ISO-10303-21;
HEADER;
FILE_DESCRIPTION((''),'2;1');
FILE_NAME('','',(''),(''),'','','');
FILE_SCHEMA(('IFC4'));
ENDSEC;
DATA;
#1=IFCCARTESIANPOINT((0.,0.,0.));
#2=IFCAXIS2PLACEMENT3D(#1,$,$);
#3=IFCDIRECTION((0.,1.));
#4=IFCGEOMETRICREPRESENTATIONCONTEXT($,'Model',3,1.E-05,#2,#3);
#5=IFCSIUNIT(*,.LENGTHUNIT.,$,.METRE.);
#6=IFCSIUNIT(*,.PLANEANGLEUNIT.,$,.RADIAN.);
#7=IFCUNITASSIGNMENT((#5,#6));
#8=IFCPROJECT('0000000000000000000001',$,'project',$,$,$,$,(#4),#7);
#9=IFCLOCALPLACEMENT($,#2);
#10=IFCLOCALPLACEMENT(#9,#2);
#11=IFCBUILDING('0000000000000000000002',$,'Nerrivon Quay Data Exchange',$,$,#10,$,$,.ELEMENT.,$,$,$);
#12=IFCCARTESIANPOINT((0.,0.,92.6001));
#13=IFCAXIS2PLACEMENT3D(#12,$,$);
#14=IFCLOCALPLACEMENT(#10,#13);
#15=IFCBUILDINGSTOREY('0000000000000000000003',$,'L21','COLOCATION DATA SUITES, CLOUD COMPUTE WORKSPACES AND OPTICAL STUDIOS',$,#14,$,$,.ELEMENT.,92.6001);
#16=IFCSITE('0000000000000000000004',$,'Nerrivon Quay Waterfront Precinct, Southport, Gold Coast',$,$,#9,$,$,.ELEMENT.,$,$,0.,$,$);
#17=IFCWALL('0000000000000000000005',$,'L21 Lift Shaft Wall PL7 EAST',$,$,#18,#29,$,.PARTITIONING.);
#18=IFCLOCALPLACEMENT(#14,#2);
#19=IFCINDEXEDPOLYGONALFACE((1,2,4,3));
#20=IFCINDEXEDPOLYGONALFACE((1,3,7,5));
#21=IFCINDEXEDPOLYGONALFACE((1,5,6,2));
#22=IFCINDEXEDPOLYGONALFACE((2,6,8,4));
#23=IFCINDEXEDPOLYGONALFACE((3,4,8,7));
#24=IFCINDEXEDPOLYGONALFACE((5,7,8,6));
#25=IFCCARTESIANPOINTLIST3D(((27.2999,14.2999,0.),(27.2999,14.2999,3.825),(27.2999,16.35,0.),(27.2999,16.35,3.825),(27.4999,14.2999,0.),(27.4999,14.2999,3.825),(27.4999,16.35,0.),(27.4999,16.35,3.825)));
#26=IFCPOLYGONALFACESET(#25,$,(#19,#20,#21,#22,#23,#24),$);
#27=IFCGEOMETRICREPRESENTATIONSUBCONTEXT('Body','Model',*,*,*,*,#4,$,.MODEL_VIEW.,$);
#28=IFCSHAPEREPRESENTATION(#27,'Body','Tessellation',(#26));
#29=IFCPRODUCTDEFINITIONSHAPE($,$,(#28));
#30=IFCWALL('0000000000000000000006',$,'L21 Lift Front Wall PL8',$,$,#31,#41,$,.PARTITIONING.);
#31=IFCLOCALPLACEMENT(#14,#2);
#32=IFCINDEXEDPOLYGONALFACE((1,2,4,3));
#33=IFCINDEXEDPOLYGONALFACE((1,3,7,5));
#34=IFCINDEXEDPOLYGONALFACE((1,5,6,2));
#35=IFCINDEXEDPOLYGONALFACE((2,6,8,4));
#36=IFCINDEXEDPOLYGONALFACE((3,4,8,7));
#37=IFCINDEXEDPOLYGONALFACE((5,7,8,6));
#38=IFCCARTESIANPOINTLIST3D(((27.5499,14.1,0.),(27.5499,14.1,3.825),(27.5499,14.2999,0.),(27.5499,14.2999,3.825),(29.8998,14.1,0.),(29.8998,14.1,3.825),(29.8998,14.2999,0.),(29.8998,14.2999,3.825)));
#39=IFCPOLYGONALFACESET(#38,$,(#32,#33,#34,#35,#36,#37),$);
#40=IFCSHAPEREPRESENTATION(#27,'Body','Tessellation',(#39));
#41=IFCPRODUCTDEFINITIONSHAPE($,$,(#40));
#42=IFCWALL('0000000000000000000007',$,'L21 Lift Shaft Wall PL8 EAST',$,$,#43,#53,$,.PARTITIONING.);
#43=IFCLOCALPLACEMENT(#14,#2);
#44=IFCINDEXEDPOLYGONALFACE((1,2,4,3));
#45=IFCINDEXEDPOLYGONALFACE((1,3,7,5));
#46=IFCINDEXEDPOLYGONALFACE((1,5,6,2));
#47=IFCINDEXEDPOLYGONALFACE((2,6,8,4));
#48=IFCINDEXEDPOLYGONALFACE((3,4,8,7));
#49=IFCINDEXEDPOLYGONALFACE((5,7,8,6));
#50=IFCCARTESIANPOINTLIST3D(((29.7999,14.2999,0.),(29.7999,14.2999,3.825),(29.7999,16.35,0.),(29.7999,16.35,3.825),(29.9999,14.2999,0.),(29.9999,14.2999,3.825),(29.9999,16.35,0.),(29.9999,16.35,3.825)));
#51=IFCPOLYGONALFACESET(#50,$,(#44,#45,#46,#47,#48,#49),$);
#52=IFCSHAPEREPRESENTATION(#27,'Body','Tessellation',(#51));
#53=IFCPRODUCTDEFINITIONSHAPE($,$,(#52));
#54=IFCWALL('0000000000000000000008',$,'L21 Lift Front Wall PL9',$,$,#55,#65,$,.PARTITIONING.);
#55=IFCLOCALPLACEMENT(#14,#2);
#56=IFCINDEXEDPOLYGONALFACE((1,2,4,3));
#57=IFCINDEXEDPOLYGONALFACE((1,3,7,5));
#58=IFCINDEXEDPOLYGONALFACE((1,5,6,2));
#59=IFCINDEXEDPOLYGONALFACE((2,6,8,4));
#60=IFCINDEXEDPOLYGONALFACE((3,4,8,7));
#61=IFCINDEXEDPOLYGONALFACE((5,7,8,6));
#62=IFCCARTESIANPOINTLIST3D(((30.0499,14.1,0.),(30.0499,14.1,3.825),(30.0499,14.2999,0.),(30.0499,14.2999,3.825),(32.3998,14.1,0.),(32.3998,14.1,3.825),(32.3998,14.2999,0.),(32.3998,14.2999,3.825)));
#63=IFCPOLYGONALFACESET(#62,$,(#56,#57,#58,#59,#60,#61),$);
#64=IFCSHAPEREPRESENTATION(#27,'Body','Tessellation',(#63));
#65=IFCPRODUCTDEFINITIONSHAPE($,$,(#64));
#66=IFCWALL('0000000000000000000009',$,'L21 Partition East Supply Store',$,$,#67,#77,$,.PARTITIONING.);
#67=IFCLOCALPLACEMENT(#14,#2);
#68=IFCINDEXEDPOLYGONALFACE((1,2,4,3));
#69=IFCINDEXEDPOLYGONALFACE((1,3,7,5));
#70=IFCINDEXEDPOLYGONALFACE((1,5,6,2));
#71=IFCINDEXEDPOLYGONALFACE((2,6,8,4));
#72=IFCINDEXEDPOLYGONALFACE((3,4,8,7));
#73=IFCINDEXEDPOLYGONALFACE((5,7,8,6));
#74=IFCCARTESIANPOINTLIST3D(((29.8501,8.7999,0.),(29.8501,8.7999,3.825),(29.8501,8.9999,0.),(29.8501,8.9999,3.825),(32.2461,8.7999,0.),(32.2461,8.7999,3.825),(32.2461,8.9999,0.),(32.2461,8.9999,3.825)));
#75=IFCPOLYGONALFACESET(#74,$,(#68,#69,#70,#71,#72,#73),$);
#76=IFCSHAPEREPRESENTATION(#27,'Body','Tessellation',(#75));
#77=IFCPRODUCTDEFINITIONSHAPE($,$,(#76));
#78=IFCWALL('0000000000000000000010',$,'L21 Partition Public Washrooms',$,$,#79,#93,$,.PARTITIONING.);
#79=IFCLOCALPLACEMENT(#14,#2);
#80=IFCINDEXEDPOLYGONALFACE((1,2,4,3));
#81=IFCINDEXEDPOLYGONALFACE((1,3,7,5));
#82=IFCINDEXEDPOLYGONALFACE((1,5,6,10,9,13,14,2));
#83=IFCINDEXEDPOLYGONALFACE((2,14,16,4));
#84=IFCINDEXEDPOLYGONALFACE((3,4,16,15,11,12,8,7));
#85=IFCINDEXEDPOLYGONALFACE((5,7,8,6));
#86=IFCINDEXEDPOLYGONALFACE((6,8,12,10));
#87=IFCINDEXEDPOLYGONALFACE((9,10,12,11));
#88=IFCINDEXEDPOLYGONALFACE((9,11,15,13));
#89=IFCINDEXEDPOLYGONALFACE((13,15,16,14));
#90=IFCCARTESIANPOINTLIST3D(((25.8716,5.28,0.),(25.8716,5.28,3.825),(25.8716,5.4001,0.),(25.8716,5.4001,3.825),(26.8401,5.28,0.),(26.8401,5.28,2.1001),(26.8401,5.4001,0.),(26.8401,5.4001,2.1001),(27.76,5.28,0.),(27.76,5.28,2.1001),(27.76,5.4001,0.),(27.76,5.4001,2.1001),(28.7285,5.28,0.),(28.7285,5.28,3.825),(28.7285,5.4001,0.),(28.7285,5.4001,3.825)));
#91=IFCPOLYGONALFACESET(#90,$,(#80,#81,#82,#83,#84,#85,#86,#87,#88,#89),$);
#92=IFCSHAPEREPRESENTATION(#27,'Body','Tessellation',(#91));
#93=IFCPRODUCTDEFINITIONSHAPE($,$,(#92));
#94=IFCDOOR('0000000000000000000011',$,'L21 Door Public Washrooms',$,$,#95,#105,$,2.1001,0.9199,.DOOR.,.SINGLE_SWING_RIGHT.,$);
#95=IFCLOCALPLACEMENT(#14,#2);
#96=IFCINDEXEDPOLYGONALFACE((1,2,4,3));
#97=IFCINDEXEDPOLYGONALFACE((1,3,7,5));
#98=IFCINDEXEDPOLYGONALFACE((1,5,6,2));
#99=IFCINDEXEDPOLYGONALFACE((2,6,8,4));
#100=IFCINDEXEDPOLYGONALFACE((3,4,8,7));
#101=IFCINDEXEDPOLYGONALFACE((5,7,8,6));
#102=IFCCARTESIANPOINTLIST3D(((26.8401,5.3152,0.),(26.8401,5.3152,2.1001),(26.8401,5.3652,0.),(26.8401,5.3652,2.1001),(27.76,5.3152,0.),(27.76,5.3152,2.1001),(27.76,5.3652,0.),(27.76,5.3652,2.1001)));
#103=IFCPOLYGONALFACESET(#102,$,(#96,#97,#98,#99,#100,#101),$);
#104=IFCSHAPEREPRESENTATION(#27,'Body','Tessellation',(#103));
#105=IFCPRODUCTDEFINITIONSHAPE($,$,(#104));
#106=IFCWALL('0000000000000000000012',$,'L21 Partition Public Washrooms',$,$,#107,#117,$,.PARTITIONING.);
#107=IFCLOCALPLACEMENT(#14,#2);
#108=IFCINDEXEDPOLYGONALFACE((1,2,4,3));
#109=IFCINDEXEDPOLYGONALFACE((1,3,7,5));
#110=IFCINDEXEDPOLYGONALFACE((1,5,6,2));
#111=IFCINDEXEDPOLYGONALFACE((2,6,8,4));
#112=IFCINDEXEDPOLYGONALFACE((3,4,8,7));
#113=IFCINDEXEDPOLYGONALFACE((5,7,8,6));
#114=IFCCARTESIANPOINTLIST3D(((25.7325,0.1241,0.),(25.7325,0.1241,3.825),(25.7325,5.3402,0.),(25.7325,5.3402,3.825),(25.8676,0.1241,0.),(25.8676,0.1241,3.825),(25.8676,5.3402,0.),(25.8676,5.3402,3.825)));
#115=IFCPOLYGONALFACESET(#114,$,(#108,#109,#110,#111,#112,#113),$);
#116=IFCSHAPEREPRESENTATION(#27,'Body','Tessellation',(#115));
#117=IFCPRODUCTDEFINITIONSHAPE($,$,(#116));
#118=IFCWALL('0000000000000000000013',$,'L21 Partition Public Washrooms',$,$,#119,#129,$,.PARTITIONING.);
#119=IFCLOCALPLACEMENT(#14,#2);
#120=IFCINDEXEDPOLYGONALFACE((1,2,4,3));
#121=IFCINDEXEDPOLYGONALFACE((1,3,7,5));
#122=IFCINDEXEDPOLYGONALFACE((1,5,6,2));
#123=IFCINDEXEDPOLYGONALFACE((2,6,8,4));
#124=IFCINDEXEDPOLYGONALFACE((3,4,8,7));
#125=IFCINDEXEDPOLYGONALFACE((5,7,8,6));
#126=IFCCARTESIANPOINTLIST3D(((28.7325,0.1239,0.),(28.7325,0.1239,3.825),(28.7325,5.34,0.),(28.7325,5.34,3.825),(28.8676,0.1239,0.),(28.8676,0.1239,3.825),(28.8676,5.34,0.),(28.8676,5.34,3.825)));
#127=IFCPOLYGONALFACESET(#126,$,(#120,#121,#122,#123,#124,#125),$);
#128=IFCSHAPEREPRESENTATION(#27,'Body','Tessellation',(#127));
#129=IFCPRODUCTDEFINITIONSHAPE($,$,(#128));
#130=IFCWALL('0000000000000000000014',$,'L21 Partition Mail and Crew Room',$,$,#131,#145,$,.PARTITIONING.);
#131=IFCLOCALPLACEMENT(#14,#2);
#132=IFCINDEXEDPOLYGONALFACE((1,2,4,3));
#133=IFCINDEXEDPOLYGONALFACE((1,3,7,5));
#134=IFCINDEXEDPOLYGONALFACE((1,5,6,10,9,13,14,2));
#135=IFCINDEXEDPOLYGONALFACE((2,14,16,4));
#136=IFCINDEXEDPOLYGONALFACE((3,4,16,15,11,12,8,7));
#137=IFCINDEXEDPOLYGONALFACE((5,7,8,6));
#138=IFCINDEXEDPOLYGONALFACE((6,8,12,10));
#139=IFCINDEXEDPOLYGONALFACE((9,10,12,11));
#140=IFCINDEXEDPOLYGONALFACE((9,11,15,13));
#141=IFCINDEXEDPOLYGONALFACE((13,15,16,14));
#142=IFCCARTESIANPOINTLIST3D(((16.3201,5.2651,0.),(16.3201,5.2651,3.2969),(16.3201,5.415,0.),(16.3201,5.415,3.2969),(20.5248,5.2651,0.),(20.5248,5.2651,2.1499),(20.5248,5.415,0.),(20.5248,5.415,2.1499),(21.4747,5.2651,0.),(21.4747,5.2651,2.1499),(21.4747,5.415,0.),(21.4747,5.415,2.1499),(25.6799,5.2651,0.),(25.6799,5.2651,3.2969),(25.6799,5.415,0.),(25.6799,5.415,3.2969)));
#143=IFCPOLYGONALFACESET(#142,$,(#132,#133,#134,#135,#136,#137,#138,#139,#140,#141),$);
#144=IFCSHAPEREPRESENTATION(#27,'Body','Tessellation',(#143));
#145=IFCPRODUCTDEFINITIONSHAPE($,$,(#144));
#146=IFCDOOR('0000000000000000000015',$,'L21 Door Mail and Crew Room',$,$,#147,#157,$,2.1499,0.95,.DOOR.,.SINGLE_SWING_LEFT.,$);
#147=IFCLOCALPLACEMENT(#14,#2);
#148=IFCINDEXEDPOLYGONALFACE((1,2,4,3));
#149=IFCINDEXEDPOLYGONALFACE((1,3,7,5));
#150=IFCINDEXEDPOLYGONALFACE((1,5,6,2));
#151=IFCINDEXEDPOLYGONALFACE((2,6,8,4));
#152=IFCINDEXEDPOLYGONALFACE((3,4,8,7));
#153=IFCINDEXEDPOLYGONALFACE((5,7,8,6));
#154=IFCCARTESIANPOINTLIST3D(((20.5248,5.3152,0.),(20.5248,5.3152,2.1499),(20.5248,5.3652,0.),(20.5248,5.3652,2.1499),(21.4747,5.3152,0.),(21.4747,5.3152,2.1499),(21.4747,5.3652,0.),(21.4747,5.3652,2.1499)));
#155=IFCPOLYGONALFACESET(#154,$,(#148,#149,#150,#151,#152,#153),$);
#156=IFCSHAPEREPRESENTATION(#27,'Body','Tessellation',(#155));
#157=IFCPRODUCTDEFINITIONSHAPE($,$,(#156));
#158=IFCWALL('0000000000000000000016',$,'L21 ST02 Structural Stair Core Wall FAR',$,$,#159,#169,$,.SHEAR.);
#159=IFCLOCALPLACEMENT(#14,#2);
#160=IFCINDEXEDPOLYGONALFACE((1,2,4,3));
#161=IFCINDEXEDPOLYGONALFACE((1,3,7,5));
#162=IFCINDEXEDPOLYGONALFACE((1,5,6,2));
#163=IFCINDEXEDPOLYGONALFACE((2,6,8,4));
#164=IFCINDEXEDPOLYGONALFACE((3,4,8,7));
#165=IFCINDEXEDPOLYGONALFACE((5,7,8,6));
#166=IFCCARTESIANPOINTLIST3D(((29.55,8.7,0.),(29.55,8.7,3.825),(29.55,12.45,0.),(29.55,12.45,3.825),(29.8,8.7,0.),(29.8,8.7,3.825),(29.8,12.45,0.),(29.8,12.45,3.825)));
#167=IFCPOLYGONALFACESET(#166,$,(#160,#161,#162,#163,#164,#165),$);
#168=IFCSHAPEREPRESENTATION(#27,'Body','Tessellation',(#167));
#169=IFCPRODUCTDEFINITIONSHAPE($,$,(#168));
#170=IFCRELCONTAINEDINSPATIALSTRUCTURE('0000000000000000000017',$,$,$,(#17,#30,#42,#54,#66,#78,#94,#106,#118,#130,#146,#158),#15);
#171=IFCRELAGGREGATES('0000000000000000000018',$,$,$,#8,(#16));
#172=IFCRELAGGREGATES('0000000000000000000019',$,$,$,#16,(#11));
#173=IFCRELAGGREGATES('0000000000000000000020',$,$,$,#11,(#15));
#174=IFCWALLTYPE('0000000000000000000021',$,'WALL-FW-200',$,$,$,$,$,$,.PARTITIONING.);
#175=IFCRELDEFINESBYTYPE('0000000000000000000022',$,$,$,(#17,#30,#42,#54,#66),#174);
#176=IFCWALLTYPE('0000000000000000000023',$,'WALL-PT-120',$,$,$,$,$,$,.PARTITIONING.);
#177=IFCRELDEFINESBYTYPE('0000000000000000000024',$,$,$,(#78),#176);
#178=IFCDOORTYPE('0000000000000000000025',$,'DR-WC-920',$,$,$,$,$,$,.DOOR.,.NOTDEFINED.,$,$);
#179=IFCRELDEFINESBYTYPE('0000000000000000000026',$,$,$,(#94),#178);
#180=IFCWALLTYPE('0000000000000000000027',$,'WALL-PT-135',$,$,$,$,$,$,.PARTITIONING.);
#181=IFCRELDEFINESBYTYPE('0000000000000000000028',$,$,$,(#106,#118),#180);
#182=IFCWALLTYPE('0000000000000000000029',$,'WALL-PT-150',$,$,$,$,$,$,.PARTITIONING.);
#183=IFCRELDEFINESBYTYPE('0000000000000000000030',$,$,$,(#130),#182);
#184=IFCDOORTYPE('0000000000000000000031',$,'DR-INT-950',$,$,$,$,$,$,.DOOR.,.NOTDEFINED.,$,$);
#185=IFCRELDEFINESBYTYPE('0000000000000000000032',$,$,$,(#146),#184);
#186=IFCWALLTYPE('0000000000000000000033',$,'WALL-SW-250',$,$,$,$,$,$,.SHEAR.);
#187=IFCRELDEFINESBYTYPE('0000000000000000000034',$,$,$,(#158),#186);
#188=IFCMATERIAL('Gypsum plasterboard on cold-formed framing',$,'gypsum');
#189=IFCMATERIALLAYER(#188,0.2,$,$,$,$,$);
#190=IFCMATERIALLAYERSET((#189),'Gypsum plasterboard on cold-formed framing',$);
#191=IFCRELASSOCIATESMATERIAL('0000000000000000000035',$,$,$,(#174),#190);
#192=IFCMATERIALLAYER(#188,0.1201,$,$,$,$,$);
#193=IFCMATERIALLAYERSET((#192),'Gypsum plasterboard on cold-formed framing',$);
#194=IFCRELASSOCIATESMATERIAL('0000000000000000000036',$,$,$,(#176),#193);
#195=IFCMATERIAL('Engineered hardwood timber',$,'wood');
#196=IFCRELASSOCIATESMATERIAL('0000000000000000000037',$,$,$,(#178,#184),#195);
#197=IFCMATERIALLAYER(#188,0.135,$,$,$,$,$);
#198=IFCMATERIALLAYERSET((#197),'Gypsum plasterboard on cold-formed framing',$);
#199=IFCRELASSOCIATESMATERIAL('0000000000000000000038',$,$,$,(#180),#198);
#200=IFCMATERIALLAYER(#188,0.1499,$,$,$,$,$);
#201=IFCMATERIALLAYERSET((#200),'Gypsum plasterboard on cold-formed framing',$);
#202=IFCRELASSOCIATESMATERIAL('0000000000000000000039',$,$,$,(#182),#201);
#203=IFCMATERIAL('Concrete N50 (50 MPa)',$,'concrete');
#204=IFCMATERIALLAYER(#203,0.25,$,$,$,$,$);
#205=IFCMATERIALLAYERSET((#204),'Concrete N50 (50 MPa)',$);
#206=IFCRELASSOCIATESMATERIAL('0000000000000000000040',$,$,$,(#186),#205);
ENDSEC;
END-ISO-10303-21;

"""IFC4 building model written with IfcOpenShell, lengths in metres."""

from ifc_helpers import new_model, si_unit, direction, frame, frame_2d, origin, place, context, subcontext, project, spatial, rectangle, extrude, material, layer, layer_set, type_object, element, fill, save


model = new_model("IFC4")

# Units and contexts
model_context = context("Model", 3, precision=1e-05, world=origin(), true_north=direction((0.0, 1.0)))
body_context = subcontext(model_context, "Body", "Model", "MODEL_VIEW")
ifc_project = project(units=[si_unit("LENGTHUNIT", "METRE"), si_unit("PLANEANGLEUNIT", "RADIAN")], contexts=[model_context])

# Site, building, storey
site_placement = place(None, origin())
site = spatial("IfcSite", under=ifc_project, at=site_placement, Name="Nerrivon Quay Waterfront Precinct, Southport, Gold Coast", CompositionType="ELEMENT", RefElevation=0.0)
building_placement = place(site_placement, origin())
building = spatial("IfcBuilding", under=site, at=building_placement, Name="Nerrivon Quay Data Exchange", CompositionType="ELEMENT")
storey_placement = place(building_placement, frame((0.0, 0.0, 92.6001)))
storey = spatial("IfcBuildingStorey", under=building, at=storey_placement, Name="L21", Description="COLOCATION DATA SUITES, CLOUD COMPUTE WORKSPACES AND OPTICAL STUDIOS", CompositionType="ELEMENT", Elevation=92.6001)

# Shared definitions
ifc_material_1 = material(Name="Concrete N50 (50 MPa)", Category="concrete")

# Walls
ifc_material_2 = material(Name="Gypsum plasterboard on cold-formed framing", Category="gypsum")
ifc_layer_1 = layer(ifc_material_2, 0.2)
ifc_layer_set_1 = layer_set([ifc_layer_1], Name="Gypsum plasterboard on cold-formed framing")
wall_type_1 = type_object("IfcWallType", Name="WALL-FW-200", PredefinedType="PARTITIONING", material=ifc_layer_set_1)
wall_1_placement = place(storey_placement, frame((27.3999, 14.3, 0.0), z_axis=(0.0, 0.0, 1.0), x_axis=(0.0, 1.0, 0.0)))
element("IfcWall", 1, at=wall_1_placement, inside=storey, type_object=wall_type_1, Name="L21 Lift Shaft Wall PL7 EAST", PredefinedType="PARTITIONING", context=body_context, shape_type="SweptSolid", body=[
    extrude(rectangle(XDim=2.05, YDim=0.2, at=frame_2d((1.0249, 0.0))), origin(), (0.0, 0.0, 1.0), 3.825),
])
wall_2_placement = place(storey_placement, frame((27.55, 14.2, 0.0), z_axis=(0.0, 0.0, 1.0), x_axis=(1.0, 0.0, 0.0)))
element("IfcWall", 2, at=wall_2_placement, inside=storey, type_object=wall_type_1, Name="L21 Lift Front Wall PL8", PredefinedType="PARTITIONING", context=body_context, shape_type="SweptSolid", body=[
    extrude(rectangle(XDim=2.3499, YDim=0.2, at=frame_2d((1.1748, 0.0))), origin(), (0.0, 0.0, 1.0), 3.825),
])
wall_3_placement = place(storey_placement, frame((29.8999, 14.3, 0.0), z_axis=(0.0, 0.0, 1.0), x_axis=(0.0, 1.0, 0.0)))
element("IfcWall", 3, at=wall_3_placement, inside=storey, type_object=wall_type_1, Name="L21 Lift Shaft Wall PL8 EAST", PredefinedType="PARTITIONING", context=body_context, shape_type="SweptSolid", body=[
    extrude(rectangle(XDim=2.05, YDim=0.2, at=frame_2d((1.0249, 0.0))), origin(), (0.0, 0.0, 1.0), 3.825),
])
wall_4_placement = place(storey_placement, frame((30.05, 14.2, 0.0), z_axis=(0.0, 0.0, 1.0), x_axis=(1.0, 0.0, 0.0)))
element("IfcWall", 4, at=wall_4_placement, inside=storey, type_object=wall_type_1, Name="L21 Lift Front Wall PL9", PredefinedType="PARTITIONING", context=body_context, shape_type="SweptSolid", body=[
    extrude(rectangle(XDim=2.3499, YDim=0.2, at=frame_2d((1.1748, 0.0))), origin(), (0.0, 0.0, 1.0), 3.825),
])

# Shared definitions
ifc_material_3 = material(Name="Engineered hardwood timber", Category="wood")

# Wall
wall_5_placement = place(storey_placement, frame((29.8501, 8.8999, 0.0), z_axis=(0.0, 0.0, 1.0), x_axis=(1.0, 0.0, 0.0)))
element("IfcWall", 5, at=wall_5_placement, inside=storey, type_object=wall_type_1, Name="L21 Partition East Supply Store", PredefinedType="PARTITIONING", context=body_context, shape_type="SweptSolid", body=[
    extrude(rectangle(XDim=2.396, YDim=0.2, at=frame_2d((1.198, 0.0))), origin(), (0.0, 0.0, 1.0), 3.825),
])

# Wall, opening, door
ifc_layer_2 = layer(ifc_material_2, 0.1201)
ifc_layer_set_2 = layer_set([ifc_layer_2], Name="Gypsum plasterboard on cold-formed framing")
wall_type_2 = type_object("IfcWallType", Name="WALL-PT-120", PredefinedType="PARTITIONING", material=ifc_layer_set_2)
wall_6_placement = place(storey_placement, frame((28.7285, 5.3401, 0.0), z_axis=(0.0, 0.0, 1.0), x_axis=(-1.0, 0.0, 0.0)))
wall_6 = element("IfcWall", 6, at=wall_6_placement, inside=storey, type_object=wall_type_2, Name="L21 Partition Public Washrooms", PredefinedType="PARTITIONING", context=body_context, shape_type="SweptSolid", body=[
    extrude(rectangle(XDim=2.8569, YDim=0.1201, at=frame_2d((1.4285, 0.0))), origin(), (0.0, 0.0, 1.0), 3.825),
])
opening_1_placement = place(wall_6_placement, frame((0.9685, 0.0, 0.0)))
opening_1 = element("IfcOpeningElement", 7, at=opening_1_placement, cuts=wall_6, PredefinedType="OPENING", context=body_context, shape_type="SweptSolid", body=[
    extrude(rectangle(XDim=0.9199, YDim=2.1001, at=frame_2d((0.46, 1.05))), frame((0.0, 0.0701, 0.0), z_axis=(0.0, -1.0, 0.0), x_axis=(1.0, 0.0, 0.0)), (0.0, 0.0, 1.0), 0.1401),
])
door_type_1 = type_object("IfcDoorType", Name="DR-WC-920", OperationType="NOTDEFINED", PredefinedType="DOOR", material=ifc_material_3)
door_1_placement = place(opening_1_placement, origin())
door_1 = element("IfcDoor", 8, at=door_1_placement, inside=storey, type_object=door_type_1, Name="L21 Door Public Washrooms", OperationType="SINGLE_SWING_RIGHT", OverallHeight=2.1001, OverallWidth=0.9199, PredefinedType="DOOR", context=body_context, shape_type="SweptSolid", body=[
    extrude(rectangle(XDim=0.9199, YDim=2.1001, at=frame_2d((0.46, 1.05))), frame((0.0, 0.0249, 0.0), z_axis=(0.0, -1.0, 0.0), x_axis=(1.0, 0.0, 0.0)), (0.0, 0.0, 1.0), 0.05),
])
fill(opening_1, door_1)

# Walls
ifc_layer_3 = layer(ifc_material_2, 0.135)
ifc_layer_set_3 = layer_set([ifc_layer_3], Name="Gypsum plasterboard on cold-formed framing")
wall_type_3 = type_object("IfcWallType", Name="WALL-PT-135", PredefinedType="PARTITIONING", material=ifc_layer_set_3)
for number, where, z_axis, x_axis, name in (
    (9, (25.8, 5.3401, 0.0), (0.0, 0.0, 1.0), (0.0, -1.0, 0.0), "L21 Partition Public Washrooms"),
    (10, (28.8, 0.124, 0.0), (0.0, 0.0, 1.0), (0.0, 1.0, 0.0), "L21 Partition Public Washrooms"),
):
    element("IfcWall", number, at=place(storey_placement, frame(where, z_axis=z_axis, x_axis=x_axis)), inside=storey, type_object=wall_type_3, Name=name, PredefinedType="PARTITIONING", context=body_context, shape_type="SweptSolid", body=[
        extrude(rectangle(XDim=5.2161, YDim=0.135, at=frame_2d((2.6079, 0.0))), origin(), (0.0, 0.0, 1.0), 3.825),
    ])

# Wall, opening, door
ifc_layer_4 = layer(ifc_material_2, 0.1499)
ifc_layer_set_4 = layer_set([ifc_layer_4], Name="Gypsum plasterboard on cold-formed framing")
wall_type_4 = type_object("IfcWallType", Name="WALL-PT-150", PredefinedType="PARTITIONING", material=ifc_layer_set_4)
wall_7_placement = place(storey_placement, frame((25.6799, 5.3401, 0.0), z_axis=(0.0, 0.0, 1.0), x_axis=(-1.0, 0.0, 0.0)))
wall_7 = element("IfcWall", 11, at=wall_7_placement, inside=storey, type_object=wall_type_4, Name="L21 Partition Mail and Crew Room", PredefinedType="PARTITIONING", context=body_context, shape_type="SweptSolid", body=[
    extrude(rectangle(XDim=9.3599, YDim=0.1499, at=frame_2d((4.6799, 0.0))), origin(), (0.0, 0.0, 1.0), 3.2969),
])
opening_2_placement = place(wall_7_placement, frame((4.2051, 0.0, 0.0)))
opening_2 = element("IfcOpeningElement", 12, at=opening_2_placement, cuts=wall_7, PredefinedType="OPENING", context=body_context, shape_type="SweptSolid", body=[
    extrude(rectangle(XDim=0.95, YDim=2.1499, at=frame_2d((0.4751, 1.075))), frame((0.0, 0.085, 0.0), z_axis=(0.0, -1.0, 0.0), x_axis=(1.0, 0.0, 0.0)), (0.0, 0.0, 1.0), 0.1699),
])
door_type_2 = type_object("IfcDoorType", Name="DR-INT-950", OperationType="NOTDEFINED", PredefinedType="DOOR", material=ifc_material_3)
door_2_placement = place(opening_2_placement, origin())
door_2 = element("IfcDoor", 13, at=door_2_placement, inside=storey, type_object=door_type_2, Name="L21 Door Mail and Crew Room", OperationType="SINGLE_SWING_LEFT", OverallHeight=2.1499, OverallWidth=0.95, PredefinedType="DOOR", context=body_context, shape_type="SweptSolid", body=[
    extrude(rectangle(XDim=0.95, YDim=2.1499, at=frame_2d((0.4751, 1.075))), frame((0.0, 0.0249, 0.0), z_axis=(0.0, -1.0, 0.0), x_axis=(1.0, 0.0, 0.0)), (0.0, 0.0, 1.0), 0.05),
])
fill(opening_2, door_2)

# Wall
ifc_layer_5 = layer(ifc_material_1, 0.25)
ifc_layer_set_5 = layer_set([ifc_layer_5], Name="Concrete N50 (50 MPa)")
wall_type_5 = type_object("IfcWallType", Name="WALL-SW-250", PredefinedType="SHEAR", material=ifc_layer_set_5)
wall_8_placement = place(storey_placement, frame((29.675, 8.7, 0.0), z_axis=(0.0, 0.0, 1.0), x_axis=(0.0, 1.0, 0.0)))
element("IfcWall", 14, at=wall_8_placement, inside=storey, type_object=wall_type_5, Name="L21 ST02 Structural Stair Core Wall FAR", PredefinedType="SHEAR", context=body_context, shape_type="SweptSolid", body=[
    extrude(rectangle(XDim=3.75, YDim=0.25, at=frame_2d((1.875, 0.0))), origin(), (0.0, 0.0, 1.0), 3.825),
])

save(model, "model.ifc")
